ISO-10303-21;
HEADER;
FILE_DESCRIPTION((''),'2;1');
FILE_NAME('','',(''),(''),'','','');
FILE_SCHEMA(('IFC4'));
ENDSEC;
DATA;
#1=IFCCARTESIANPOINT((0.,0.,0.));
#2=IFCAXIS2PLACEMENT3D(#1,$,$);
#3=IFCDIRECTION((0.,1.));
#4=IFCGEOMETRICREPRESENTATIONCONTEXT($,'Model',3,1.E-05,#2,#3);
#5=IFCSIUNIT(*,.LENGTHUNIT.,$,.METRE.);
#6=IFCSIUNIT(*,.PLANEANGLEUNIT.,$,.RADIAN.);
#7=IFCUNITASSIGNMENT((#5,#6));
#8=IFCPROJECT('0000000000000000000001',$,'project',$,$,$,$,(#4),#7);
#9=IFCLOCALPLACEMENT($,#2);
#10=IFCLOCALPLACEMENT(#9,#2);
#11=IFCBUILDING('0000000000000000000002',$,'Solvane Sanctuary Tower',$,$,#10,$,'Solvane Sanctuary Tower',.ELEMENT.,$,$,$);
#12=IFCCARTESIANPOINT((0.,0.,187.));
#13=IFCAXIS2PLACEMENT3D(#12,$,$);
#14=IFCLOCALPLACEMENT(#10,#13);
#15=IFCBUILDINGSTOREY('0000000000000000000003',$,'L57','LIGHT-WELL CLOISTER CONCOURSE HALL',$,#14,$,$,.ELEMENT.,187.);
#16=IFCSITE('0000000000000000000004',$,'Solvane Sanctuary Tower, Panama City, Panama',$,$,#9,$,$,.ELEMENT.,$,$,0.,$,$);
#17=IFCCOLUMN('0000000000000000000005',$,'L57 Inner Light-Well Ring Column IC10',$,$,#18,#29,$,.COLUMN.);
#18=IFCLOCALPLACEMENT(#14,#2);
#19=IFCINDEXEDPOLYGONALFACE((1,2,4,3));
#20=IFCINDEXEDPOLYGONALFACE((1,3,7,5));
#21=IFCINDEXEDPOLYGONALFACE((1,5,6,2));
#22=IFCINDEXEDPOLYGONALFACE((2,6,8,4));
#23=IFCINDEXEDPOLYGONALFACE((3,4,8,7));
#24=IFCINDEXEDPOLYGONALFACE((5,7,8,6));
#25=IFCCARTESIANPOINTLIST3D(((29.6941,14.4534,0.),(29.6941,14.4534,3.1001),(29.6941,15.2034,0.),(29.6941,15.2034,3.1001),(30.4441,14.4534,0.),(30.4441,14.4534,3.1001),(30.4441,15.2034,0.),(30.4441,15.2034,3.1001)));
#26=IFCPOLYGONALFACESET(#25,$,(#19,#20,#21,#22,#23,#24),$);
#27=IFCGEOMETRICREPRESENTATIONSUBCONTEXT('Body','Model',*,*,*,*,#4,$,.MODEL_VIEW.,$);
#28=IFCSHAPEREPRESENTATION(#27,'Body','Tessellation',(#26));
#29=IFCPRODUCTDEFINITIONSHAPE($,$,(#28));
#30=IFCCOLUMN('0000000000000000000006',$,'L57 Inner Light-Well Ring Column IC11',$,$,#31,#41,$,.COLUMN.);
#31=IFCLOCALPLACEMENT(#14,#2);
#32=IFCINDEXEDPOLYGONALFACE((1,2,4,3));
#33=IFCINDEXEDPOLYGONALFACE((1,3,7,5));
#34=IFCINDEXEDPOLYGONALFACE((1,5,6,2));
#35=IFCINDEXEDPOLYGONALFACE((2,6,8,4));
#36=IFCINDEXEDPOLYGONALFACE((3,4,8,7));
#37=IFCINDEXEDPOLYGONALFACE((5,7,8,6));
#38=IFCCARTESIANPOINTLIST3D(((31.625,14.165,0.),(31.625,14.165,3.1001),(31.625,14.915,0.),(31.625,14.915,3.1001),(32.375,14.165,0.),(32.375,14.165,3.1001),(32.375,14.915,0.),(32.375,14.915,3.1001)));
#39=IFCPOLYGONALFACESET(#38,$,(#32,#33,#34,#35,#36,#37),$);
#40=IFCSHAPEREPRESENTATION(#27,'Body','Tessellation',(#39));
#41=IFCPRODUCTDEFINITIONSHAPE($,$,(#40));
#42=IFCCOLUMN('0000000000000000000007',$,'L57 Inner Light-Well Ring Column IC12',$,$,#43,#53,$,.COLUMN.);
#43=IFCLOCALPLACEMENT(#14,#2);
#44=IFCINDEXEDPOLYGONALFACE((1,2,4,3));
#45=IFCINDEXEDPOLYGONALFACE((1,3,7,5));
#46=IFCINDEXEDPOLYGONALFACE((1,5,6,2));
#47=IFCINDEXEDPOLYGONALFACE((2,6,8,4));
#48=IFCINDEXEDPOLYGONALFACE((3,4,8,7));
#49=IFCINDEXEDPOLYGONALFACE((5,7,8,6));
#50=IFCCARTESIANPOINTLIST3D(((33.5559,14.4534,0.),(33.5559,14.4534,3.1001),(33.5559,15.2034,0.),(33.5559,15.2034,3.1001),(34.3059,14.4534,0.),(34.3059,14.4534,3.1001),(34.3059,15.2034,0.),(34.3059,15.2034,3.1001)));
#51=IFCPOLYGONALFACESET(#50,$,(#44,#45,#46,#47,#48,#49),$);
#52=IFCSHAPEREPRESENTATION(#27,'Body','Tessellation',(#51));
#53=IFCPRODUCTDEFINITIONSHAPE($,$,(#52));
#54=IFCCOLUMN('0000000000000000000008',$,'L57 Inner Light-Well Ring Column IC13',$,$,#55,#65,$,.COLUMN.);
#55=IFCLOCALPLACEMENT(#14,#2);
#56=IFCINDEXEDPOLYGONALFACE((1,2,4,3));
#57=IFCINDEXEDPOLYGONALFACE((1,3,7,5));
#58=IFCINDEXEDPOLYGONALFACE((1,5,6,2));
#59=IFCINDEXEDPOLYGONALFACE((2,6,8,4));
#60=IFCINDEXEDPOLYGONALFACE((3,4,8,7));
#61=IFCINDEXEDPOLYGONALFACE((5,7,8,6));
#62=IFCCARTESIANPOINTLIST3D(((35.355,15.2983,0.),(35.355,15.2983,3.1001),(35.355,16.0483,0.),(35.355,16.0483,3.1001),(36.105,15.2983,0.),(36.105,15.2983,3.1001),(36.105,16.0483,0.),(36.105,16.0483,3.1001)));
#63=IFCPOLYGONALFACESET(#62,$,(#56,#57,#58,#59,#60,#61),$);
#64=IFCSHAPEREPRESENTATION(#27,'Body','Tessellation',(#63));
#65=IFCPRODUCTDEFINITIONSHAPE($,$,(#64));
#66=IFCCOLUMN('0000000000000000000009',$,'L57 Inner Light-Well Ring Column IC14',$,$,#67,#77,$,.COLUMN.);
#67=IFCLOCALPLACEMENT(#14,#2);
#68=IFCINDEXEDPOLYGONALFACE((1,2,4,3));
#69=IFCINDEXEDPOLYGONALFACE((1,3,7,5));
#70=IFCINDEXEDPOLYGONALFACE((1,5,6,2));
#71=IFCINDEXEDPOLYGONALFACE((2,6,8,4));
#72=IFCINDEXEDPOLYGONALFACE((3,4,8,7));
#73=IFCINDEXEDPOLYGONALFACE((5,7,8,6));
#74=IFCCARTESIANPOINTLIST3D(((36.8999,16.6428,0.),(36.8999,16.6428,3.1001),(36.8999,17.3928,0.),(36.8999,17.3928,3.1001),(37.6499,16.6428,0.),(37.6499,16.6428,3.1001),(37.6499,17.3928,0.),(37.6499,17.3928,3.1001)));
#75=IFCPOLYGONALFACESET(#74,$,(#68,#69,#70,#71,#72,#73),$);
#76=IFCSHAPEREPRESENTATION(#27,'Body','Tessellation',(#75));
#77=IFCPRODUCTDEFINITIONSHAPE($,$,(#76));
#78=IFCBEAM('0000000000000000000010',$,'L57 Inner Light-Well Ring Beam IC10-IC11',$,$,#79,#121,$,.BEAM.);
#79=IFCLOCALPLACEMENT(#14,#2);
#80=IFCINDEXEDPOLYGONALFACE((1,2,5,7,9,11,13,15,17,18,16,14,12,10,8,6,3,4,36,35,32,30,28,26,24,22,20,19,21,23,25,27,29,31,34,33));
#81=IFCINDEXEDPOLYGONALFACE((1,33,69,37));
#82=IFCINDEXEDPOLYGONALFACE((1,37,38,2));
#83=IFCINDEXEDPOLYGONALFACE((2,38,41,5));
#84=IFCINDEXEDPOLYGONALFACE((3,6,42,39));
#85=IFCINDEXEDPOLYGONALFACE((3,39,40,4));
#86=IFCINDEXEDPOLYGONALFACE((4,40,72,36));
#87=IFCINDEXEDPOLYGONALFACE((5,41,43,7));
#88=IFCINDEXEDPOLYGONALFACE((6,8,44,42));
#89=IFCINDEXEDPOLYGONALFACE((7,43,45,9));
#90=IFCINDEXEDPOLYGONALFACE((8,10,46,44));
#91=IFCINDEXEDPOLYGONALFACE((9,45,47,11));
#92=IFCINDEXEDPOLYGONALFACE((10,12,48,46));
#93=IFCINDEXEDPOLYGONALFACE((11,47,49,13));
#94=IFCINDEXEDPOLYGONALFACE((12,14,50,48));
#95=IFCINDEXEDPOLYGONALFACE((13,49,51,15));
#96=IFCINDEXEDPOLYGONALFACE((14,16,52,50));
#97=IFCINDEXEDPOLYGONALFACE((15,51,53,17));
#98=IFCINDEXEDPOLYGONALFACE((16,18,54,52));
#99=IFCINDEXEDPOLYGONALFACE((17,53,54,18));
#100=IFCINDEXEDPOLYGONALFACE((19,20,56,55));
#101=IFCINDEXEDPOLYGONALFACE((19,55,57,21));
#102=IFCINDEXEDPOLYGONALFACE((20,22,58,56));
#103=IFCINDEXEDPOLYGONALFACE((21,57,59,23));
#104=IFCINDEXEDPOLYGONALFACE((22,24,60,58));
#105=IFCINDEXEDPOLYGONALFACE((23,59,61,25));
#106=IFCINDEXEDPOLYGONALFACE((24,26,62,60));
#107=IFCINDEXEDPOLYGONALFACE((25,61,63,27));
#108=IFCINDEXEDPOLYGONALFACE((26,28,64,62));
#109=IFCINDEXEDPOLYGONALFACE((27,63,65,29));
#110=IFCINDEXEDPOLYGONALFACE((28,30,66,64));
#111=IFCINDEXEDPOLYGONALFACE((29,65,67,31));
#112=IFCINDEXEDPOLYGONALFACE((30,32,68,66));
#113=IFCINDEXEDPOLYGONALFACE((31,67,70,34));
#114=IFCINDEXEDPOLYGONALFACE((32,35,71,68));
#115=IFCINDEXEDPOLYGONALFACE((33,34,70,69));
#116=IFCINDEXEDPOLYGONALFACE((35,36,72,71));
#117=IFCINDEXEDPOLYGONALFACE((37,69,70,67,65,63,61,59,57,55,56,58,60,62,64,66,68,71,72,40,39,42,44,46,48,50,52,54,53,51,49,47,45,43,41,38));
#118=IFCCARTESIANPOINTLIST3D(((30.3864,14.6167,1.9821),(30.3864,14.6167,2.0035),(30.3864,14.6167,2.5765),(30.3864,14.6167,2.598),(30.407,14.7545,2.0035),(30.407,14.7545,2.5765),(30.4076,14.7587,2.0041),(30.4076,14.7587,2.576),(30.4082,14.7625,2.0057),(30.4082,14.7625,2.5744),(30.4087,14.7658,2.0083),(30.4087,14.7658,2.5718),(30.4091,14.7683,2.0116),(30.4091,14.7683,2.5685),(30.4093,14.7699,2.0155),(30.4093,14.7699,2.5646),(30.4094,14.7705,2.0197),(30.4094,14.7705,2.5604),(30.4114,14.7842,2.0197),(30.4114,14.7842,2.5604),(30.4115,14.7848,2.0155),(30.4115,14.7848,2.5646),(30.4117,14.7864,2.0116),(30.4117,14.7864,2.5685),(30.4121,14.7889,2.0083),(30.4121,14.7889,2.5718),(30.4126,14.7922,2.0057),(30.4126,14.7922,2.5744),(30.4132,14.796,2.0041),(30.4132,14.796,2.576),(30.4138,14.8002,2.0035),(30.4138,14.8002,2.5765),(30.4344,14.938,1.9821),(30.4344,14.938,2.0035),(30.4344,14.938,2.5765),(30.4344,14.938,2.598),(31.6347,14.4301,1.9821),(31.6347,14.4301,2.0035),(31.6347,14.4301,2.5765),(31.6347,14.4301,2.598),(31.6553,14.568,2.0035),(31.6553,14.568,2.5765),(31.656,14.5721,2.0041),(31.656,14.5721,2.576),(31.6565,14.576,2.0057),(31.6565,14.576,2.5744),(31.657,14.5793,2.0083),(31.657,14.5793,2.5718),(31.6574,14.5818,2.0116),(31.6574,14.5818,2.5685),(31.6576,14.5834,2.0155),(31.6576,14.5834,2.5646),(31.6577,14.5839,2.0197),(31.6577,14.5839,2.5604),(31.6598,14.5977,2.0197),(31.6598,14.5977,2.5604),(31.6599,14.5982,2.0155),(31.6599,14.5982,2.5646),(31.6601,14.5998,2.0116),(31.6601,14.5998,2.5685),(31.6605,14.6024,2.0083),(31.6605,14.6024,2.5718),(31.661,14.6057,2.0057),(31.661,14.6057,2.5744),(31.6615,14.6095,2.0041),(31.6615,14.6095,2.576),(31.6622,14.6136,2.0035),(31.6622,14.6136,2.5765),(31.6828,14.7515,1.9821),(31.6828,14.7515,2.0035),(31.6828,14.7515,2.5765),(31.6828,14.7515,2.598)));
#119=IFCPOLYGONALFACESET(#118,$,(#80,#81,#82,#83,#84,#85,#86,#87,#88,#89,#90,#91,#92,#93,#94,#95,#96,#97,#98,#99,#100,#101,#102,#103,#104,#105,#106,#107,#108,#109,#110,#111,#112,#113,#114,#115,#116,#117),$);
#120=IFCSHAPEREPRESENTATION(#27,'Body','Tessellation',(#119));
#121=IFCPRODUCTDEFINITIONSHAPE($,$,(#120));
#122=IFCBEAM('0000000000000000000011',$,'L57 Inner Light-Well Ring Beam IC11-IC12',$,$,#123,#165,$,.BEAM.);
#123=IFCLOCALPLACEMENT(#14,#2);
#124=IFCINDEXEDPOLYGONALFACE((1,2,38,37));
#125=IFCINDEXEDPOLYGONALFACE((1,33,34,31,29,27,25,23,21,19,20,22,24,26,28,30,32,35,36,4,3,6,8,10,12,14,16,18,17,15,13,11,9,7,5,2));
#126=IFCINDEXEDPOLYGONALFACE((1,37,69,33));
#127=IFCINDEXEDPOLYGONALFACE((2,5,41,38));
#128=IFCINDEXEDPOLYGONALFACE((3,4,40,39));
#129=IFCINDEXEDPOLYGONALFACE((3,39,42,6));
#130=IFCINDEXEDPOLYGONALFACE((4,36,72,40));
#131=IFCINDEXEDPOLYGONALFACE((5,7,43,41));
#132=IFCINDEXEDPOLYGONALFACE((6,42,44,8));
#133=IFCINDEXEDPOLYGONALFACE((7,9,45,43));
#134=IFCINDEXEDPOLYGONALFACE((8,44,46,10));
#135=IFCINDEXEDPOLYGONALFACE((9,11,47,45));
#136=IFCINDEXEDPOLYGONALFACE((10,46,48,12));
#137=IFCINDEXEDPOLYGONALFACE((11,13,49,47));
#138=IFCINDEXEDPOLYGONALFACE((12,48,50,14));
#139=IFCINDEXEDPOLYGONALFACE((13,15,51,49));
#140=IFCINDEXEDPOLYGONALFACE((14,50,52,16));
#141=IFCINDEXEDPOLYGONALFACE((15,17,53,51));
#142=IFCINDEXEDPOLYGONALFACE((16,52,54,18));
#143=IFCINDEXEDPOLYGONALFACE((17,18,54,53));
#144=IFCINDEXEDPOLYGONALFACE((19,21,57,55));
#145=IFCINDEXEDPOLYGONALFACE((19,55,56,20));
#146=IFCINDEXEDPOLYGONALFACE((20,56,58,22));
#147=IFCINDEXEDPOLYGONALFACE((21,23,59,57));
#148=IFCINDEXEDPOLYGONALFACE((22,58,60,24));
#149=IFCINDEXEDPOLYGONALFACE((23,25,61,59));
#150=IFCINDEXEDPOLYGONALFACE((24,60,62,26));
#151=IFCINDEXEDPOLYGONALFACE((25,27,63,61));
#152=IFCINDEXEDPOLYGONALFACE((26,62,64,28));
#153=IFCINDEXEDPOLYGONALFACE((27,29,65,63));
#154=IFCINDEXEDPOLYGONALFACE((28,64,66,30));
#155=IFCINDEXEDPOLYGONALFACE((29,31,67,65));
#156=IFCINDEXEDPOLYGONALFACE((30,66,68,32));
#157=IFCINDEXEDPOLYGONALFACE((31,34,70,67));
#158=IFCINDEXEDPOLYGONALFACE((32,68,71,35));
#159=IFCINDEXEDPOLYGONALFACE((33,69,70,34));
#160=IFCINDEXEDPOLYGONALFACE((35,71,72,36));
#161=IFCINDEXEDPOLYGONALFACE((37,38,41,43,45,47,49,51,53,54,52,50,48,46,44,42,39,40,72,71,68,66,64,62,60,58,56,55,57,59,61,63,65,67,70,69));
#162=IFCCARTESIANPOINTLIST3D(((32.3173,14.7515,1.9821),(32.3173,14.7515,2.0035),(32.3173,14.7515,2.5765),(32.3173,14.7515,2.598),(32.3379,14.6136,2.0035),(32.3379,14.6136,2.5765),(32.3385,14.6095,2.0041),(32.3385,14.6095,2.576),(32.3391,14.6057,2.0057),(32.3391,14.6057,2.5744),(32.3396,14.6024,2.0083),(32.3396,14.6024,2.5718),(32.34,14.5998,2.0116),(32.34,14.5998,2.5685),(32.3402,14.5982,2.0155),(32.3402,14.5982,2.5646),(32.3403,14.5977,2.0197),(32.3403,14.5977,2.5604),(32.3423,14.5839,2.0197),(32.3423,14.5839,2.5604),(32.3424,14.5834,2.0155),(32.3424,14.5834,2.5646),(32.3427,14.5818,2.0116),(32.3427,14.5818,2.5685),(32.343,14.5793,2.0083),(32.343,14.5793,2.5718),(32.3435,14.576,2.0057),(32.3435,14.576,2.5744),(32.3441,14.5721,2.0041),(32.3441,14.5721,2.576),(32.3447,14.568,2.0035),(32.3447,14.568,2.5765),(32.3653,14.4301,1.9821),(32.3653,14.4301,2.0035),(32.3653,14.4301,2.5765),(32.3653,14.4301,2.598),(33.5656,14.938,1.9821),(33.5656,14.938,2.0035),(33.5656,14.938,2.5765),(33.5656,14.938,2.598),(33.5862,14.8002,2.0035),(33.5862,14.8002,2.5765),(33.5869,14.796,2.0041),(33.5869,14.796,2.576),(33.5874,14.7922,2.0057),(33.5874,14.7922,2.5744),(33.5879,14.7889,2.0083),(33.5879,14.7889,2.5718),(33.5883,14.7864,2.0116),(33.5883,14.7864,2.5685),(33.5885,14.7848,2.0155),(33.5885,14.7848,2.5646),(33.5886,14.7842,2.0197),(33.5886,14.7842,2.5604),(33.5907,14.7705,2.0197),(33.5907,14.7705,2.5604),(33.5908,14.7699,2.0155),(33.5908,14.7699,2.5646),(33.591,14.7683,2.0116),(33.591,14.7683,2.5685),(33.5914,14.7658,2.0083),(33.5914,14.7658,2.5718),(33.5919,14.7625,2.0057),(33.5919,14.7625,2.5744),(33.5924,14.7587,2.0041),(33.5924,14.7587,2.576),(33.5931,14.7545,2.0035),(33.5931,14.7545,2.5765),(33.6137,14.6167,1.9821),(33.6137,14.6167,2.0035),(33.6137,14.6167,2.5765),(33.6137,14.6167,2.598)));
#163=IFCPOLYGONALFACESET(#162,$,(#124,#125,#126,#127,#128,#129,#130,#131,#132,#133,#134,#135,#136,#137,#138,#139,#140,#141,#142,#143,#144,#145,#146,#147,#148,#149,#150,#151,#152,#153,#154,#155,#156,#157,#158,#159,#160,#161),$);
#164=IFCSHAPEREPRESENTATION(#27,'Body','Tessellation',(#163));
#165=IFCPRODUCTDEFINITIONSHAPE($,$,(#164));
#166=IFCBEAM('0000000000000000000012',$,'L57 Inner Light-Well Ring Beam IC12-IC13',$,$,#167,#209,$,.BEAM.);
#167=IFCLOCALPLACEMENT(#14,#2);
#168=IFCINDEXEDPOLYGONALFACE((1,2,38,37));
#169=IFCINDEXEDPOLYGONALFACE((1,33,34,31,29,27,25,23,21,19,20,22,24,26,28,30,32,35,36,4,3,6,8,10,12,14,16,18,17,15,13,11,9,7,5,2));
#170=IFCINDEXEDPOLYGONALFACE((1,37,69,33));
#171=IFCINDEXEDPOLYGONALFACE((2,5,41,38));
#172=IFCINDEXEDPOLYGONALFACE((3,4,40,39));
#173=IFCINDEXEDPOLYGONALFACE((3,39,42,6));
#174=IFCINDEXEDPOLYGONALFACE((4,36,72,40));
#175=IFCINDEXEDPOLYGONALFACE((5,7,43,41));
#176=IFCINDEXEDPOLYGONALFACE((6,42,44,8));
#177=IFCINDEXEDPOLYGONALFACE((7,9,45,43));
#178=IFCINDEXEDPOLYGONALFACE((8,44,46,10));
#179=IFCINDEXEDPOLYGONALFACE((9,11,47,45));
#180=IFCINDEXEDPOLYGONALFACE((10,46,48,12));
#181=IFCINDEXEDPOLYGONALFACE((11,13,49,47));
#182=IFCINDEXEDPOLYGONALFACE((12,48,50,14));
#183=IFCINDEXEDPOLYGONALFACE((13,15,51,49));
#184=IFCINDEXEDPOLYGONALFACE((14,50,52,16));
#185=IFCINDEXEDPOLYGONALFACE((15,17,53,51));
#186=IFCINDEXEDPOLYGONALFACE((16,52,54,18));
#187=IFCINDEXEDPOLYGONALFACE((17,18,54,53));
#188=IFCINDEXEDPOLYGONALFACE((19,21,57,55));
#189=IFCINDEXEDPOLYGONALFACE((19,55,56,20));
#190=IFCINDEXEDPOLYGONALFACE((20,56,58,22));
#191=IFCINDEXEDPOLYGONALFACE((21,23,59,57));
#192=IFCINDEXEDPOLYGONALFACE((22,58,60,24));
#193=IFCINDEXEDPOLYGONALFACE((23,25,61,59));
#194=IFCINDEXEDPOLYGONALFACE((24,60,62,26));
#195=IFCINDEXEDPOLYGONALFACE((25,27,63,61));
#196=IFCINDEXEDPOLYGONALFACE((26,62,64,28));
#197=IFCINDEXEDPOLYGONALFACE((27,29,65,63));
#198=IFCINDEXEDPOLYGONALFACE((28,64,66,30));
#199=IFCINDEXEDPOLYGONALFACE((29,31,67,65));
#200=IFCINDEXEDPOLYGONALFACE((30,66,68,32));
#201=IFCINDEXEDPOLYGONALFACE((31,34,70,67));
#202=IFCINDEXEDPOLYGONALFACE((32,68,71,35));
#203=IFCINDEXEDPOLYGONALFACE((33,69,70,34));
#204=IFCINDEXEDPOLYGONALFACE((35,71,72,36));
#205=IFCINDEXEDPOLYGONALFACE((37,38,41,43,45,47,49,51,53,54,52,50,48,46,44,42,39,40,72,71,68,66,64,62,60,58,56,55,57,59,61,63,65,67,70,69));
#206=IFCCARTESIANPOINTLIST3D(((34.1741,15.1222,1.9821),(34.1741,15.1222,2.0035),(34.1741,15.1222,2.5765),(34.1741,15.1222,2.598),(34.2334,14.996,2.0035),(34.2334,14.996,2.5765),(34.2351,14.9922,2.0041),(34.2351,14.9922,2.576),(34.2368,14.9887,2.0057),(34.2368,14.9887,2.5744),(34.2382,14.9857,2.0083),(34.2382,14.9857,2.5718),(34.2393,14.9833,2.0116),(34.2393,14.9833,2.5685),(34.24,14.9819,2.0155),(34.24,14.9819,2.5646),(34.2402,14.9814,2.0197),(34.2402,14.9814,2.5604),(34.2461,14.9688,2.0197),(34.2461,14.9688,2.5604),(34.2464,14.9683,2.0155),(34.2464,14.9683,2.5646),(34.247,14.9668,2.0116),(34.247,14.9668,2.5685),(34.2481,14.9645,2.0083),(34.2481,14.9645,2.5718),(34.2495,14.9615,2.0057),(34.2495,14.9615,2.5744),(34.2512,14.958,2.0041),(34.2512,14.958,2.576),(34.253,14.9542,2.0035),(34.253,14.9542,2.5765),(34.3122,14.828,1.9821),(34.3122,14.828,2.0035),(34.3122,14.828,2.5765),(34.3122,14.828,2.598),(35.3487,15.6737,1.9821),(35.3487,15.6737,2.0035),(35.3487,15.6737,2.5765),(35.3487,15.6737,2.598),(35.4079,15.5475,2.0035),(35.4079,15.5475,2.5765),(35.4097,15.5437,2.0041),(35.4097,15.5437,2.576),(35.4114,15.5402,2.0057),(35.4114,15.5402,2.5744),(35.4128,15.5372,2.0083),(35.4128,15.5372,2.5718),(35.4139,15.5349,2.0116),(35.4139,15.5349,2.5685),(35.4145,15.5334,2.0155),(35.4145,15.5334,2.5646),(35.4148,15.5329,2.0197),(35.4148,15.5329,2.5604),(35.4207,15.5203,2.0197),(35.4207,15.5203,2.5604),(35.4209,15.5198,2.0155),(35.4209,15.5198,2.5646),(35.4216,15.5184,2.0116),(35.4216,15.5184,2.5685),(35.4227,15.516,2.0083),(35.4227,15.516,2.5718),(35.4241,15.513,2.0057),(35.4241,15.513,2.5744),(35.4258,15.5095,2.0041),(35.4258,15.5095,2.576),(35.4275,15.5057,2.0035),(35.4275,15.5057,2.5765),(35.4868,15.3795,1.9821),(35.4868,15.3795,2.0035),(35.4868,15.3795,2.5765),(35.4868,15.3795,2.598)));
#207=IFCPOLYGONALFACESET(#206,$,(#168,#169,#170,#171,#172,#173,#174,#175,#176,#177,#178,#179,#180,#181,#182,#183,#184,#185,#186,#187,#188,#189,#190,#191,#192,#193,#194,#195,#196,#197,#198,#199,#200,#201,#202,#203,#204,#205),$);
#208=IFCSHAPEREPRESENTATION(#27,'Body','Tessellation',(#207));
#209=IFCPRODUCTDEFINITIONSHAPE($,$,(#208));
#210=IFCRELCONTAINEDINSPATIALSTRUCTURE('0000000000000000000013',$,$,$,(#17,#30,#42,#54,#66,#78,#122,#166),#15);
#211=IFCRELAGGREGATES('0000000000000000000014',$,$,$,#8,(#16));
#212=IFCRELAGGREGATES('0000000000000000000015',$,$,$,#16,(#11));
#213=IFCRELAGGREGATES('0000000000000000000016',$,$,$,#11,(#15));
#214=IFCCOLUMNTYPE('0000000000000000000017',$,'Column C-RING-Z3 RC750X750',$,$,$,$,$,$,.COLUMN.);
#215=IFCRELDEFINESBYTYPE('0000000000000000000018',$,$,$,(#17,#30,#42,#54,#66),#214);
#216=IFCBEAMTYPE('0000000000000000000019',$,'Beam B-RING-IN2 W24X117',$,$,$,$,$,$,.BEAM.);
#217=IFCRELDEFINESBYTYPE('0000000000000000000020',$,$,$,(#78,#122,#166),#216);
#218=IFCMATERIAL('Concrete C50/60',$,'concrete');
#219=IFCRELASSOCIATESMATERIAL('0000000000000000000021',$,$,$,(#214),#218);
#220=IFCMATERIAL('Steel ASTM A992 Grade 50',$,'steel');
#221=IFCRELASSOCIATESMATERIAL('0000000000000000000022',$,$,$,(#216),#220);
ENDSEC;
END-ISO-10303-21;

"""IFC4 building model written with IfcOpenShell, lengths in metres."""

from ifc_helpers import new_model, si_unit, direction, frame, origin, origin_2d, place, context, subcontext, project, spatial, rectangle, i_section, extrude, material, material_profile, profile_set, type_object, element, save


model = new_model("IFC4")

# Units and contexts
model_context = context("Model", 3, precision=1e-05, world=origin(), true_north=direction((0.0, 1.0)))
body_context = subcontext(model_context, "Body", "Model", "MODEL_VIEW")
ifc_project = project(units=[si_unit("LENGTHUNIT", "METRE"), si_unit("PLANEANGLEUNIT", "RADIAN")], contexts=[model_context])

# Site, building, storey
site_placement = place(None, origin())
site = spatial("IfcSite", under=ifc_project, at=site_placement, Name="Solvane Sanctuary Tower, Panama City, Panama", CompositionType="ELEMENT", RefElevation=0.0)
building_placement = place(site_placement, origin())
building = spatial("IfcBuilding", under=site, at=building_placement, Name="Solvane Sanctuary Tower", LongName="Solvane Sanctuary Tower", CompositionType="ELEMENT")
storey_placement = place(building_placement, frame((0.0, 0.0, 187.0)))
storey = spatial("IfcBuildingStorey", under=building, at=storey_placement, Name="L57", Description="LIGHT-WELL CLOISTER CONCOURSE HALL", CompositionType="ELEMENT", Elevation=187.0)

# Columns
ifc_material_1 = material(Name="Concrete C50/60", Category="concrete")
ifc_material_profile_1 = material_profile(ifc_material_1, rectangle(XDim=0.75, YDim=0.75, at=origin_2d()), Name="RC750X750")
ifc_profile_set_1 = profile_set([ifc_material_profile_1], Name="Concrete C50/60")
column_type = type_object("IfcColumnType", Name="Column C-RING-Z3 RC750X750", PredefinedType="COLUMN", material=ifc_profile_set_1)
for number, where, z_axis, x_axis, name in (
    (1, (30.0691, 14.8284, 0.0), (0.0, 0.0, 1.0), (1.0, 0.0, 0.0), "L57 Inner Light-Well Ring Column IC10"),
    (2, (32.0, 14.54, 0.0), (0.0, 0.0, 1.0), (1.0, 0.0, 0.0), "L57 Inner Light-Well Ring Column IC11"),
    (3, (33.9309, 14.8284, 0.0), (0.0, 0.0, 1.0), (1.0, 0.0, 0.0), "L57 Inner Light-Well Ring Column IC12"),
    (4, (35.73, 15.6733, 0.0), (0.0, 0.0, 1.0), (1.0, 0.0, 0.0), "L57 Inner Light-Well Ring Column IC13"),
    (5, (37.2749, 17.0178, 0.0), (0.0, 0.0, 1.0), (1.0, 0.0, 0.0), "L57 Inner Light-Well Ring Column IC14"),
):
    element("IfcColumn", number, at=place(storey_placement, frame(where, z_axis=z_axis, x_axis=x_axis)), inside=storey, type_object=column_type, Name=name, PredefinedType="COLUMN", context=body_context, shape_type="SweptSolid", body=[
        extrude(rectangle(XDim=0.75, YDim=0.75, at=origin_2d()), origin(), (0.0, 0.0, 1.0), 3.1001),
    ])

# Beams
ifc_material_2 = material(Name="Steel ASTM A992 Grade 50", Category="steel")
ifc_material_profile_2 = material_profile(ifc_material_2, i_section(OverallWidth=0.325, OverallDepth=0.616, WebThickness=0.0139, FlangeThickness=0.0215, FilletRadius=0.0161, at=origin_2d()), Name="W24X117")
ifc_profile_set_2 = profile_set([ifc_material_profile_2], Name="Steel ASTM A992 Grade 50")
beam_type_1 = type_object("IfcBeamType", Name="Beam B-RING-IN2 W24X117", PredefinedType="BEAM", material=ifc_profile_set_2)
for number, where, z_axis, x_axis, name in (
    (6, (30.4104, 14.7773, 2.29), (0.98902, -0.147782, 0.0), (0.147782, 0.98902, 0.0), "L57 Inner Light-Well Ring Beam IC10-IC11"),
    (7, (32.3413, 14.5908, 2.29), (0.98902, 0.147782, 0.0), (-0.147782, 0.98902, 0.0), "L57 Inner Light-Well Ring Beam IC11-IC12"),
):
    element("IfcBeam", number, at=place(storey_placement, frame(where, z_axis=z_axis, x_axis=x_axis)), inside=storey, type_object=beam_type_1, Name=name, PredefinedType="BEAM", context=body_context, shape_type="SweptSolid", body=[
        extrude(i_section(OverallWidth=0.325, OverallDepth=0.616, WebThickness=0.0139, FlangeThickness=0.0215, FilletRadius=0.0161, at=origin_2d()), origin(), (0.0, 0.0, 1.0), 1.2622),
    ])
beam_1_placement = place(storey_placement, frame((34.2432, 14.9751, 2.29), z_axis=(0.905181, 0.425027, 0.0), x_axis=(-0.425027, 0.905181, 0.0)))
element("IfcBeam", 8, at=beam_1_placement, inside=storey, type_object=beam_type_1, Name="L57 Inner Light-Well Ring Beam IC12-IC13", PredefinedType="BEAM", context=body_context, shape_type="SweptSolid", body=[
    extrude(i_section(OverallWidth=0.325, OverallDepth=0.616, WebThickness=0.0139, FlangeThickness=0.0215, FilletRadius=0.0161, at=origin_2d()), origin(), (0.0, 0.0, 1.0), 1.2976),
])

save(model, "model.ifc")
